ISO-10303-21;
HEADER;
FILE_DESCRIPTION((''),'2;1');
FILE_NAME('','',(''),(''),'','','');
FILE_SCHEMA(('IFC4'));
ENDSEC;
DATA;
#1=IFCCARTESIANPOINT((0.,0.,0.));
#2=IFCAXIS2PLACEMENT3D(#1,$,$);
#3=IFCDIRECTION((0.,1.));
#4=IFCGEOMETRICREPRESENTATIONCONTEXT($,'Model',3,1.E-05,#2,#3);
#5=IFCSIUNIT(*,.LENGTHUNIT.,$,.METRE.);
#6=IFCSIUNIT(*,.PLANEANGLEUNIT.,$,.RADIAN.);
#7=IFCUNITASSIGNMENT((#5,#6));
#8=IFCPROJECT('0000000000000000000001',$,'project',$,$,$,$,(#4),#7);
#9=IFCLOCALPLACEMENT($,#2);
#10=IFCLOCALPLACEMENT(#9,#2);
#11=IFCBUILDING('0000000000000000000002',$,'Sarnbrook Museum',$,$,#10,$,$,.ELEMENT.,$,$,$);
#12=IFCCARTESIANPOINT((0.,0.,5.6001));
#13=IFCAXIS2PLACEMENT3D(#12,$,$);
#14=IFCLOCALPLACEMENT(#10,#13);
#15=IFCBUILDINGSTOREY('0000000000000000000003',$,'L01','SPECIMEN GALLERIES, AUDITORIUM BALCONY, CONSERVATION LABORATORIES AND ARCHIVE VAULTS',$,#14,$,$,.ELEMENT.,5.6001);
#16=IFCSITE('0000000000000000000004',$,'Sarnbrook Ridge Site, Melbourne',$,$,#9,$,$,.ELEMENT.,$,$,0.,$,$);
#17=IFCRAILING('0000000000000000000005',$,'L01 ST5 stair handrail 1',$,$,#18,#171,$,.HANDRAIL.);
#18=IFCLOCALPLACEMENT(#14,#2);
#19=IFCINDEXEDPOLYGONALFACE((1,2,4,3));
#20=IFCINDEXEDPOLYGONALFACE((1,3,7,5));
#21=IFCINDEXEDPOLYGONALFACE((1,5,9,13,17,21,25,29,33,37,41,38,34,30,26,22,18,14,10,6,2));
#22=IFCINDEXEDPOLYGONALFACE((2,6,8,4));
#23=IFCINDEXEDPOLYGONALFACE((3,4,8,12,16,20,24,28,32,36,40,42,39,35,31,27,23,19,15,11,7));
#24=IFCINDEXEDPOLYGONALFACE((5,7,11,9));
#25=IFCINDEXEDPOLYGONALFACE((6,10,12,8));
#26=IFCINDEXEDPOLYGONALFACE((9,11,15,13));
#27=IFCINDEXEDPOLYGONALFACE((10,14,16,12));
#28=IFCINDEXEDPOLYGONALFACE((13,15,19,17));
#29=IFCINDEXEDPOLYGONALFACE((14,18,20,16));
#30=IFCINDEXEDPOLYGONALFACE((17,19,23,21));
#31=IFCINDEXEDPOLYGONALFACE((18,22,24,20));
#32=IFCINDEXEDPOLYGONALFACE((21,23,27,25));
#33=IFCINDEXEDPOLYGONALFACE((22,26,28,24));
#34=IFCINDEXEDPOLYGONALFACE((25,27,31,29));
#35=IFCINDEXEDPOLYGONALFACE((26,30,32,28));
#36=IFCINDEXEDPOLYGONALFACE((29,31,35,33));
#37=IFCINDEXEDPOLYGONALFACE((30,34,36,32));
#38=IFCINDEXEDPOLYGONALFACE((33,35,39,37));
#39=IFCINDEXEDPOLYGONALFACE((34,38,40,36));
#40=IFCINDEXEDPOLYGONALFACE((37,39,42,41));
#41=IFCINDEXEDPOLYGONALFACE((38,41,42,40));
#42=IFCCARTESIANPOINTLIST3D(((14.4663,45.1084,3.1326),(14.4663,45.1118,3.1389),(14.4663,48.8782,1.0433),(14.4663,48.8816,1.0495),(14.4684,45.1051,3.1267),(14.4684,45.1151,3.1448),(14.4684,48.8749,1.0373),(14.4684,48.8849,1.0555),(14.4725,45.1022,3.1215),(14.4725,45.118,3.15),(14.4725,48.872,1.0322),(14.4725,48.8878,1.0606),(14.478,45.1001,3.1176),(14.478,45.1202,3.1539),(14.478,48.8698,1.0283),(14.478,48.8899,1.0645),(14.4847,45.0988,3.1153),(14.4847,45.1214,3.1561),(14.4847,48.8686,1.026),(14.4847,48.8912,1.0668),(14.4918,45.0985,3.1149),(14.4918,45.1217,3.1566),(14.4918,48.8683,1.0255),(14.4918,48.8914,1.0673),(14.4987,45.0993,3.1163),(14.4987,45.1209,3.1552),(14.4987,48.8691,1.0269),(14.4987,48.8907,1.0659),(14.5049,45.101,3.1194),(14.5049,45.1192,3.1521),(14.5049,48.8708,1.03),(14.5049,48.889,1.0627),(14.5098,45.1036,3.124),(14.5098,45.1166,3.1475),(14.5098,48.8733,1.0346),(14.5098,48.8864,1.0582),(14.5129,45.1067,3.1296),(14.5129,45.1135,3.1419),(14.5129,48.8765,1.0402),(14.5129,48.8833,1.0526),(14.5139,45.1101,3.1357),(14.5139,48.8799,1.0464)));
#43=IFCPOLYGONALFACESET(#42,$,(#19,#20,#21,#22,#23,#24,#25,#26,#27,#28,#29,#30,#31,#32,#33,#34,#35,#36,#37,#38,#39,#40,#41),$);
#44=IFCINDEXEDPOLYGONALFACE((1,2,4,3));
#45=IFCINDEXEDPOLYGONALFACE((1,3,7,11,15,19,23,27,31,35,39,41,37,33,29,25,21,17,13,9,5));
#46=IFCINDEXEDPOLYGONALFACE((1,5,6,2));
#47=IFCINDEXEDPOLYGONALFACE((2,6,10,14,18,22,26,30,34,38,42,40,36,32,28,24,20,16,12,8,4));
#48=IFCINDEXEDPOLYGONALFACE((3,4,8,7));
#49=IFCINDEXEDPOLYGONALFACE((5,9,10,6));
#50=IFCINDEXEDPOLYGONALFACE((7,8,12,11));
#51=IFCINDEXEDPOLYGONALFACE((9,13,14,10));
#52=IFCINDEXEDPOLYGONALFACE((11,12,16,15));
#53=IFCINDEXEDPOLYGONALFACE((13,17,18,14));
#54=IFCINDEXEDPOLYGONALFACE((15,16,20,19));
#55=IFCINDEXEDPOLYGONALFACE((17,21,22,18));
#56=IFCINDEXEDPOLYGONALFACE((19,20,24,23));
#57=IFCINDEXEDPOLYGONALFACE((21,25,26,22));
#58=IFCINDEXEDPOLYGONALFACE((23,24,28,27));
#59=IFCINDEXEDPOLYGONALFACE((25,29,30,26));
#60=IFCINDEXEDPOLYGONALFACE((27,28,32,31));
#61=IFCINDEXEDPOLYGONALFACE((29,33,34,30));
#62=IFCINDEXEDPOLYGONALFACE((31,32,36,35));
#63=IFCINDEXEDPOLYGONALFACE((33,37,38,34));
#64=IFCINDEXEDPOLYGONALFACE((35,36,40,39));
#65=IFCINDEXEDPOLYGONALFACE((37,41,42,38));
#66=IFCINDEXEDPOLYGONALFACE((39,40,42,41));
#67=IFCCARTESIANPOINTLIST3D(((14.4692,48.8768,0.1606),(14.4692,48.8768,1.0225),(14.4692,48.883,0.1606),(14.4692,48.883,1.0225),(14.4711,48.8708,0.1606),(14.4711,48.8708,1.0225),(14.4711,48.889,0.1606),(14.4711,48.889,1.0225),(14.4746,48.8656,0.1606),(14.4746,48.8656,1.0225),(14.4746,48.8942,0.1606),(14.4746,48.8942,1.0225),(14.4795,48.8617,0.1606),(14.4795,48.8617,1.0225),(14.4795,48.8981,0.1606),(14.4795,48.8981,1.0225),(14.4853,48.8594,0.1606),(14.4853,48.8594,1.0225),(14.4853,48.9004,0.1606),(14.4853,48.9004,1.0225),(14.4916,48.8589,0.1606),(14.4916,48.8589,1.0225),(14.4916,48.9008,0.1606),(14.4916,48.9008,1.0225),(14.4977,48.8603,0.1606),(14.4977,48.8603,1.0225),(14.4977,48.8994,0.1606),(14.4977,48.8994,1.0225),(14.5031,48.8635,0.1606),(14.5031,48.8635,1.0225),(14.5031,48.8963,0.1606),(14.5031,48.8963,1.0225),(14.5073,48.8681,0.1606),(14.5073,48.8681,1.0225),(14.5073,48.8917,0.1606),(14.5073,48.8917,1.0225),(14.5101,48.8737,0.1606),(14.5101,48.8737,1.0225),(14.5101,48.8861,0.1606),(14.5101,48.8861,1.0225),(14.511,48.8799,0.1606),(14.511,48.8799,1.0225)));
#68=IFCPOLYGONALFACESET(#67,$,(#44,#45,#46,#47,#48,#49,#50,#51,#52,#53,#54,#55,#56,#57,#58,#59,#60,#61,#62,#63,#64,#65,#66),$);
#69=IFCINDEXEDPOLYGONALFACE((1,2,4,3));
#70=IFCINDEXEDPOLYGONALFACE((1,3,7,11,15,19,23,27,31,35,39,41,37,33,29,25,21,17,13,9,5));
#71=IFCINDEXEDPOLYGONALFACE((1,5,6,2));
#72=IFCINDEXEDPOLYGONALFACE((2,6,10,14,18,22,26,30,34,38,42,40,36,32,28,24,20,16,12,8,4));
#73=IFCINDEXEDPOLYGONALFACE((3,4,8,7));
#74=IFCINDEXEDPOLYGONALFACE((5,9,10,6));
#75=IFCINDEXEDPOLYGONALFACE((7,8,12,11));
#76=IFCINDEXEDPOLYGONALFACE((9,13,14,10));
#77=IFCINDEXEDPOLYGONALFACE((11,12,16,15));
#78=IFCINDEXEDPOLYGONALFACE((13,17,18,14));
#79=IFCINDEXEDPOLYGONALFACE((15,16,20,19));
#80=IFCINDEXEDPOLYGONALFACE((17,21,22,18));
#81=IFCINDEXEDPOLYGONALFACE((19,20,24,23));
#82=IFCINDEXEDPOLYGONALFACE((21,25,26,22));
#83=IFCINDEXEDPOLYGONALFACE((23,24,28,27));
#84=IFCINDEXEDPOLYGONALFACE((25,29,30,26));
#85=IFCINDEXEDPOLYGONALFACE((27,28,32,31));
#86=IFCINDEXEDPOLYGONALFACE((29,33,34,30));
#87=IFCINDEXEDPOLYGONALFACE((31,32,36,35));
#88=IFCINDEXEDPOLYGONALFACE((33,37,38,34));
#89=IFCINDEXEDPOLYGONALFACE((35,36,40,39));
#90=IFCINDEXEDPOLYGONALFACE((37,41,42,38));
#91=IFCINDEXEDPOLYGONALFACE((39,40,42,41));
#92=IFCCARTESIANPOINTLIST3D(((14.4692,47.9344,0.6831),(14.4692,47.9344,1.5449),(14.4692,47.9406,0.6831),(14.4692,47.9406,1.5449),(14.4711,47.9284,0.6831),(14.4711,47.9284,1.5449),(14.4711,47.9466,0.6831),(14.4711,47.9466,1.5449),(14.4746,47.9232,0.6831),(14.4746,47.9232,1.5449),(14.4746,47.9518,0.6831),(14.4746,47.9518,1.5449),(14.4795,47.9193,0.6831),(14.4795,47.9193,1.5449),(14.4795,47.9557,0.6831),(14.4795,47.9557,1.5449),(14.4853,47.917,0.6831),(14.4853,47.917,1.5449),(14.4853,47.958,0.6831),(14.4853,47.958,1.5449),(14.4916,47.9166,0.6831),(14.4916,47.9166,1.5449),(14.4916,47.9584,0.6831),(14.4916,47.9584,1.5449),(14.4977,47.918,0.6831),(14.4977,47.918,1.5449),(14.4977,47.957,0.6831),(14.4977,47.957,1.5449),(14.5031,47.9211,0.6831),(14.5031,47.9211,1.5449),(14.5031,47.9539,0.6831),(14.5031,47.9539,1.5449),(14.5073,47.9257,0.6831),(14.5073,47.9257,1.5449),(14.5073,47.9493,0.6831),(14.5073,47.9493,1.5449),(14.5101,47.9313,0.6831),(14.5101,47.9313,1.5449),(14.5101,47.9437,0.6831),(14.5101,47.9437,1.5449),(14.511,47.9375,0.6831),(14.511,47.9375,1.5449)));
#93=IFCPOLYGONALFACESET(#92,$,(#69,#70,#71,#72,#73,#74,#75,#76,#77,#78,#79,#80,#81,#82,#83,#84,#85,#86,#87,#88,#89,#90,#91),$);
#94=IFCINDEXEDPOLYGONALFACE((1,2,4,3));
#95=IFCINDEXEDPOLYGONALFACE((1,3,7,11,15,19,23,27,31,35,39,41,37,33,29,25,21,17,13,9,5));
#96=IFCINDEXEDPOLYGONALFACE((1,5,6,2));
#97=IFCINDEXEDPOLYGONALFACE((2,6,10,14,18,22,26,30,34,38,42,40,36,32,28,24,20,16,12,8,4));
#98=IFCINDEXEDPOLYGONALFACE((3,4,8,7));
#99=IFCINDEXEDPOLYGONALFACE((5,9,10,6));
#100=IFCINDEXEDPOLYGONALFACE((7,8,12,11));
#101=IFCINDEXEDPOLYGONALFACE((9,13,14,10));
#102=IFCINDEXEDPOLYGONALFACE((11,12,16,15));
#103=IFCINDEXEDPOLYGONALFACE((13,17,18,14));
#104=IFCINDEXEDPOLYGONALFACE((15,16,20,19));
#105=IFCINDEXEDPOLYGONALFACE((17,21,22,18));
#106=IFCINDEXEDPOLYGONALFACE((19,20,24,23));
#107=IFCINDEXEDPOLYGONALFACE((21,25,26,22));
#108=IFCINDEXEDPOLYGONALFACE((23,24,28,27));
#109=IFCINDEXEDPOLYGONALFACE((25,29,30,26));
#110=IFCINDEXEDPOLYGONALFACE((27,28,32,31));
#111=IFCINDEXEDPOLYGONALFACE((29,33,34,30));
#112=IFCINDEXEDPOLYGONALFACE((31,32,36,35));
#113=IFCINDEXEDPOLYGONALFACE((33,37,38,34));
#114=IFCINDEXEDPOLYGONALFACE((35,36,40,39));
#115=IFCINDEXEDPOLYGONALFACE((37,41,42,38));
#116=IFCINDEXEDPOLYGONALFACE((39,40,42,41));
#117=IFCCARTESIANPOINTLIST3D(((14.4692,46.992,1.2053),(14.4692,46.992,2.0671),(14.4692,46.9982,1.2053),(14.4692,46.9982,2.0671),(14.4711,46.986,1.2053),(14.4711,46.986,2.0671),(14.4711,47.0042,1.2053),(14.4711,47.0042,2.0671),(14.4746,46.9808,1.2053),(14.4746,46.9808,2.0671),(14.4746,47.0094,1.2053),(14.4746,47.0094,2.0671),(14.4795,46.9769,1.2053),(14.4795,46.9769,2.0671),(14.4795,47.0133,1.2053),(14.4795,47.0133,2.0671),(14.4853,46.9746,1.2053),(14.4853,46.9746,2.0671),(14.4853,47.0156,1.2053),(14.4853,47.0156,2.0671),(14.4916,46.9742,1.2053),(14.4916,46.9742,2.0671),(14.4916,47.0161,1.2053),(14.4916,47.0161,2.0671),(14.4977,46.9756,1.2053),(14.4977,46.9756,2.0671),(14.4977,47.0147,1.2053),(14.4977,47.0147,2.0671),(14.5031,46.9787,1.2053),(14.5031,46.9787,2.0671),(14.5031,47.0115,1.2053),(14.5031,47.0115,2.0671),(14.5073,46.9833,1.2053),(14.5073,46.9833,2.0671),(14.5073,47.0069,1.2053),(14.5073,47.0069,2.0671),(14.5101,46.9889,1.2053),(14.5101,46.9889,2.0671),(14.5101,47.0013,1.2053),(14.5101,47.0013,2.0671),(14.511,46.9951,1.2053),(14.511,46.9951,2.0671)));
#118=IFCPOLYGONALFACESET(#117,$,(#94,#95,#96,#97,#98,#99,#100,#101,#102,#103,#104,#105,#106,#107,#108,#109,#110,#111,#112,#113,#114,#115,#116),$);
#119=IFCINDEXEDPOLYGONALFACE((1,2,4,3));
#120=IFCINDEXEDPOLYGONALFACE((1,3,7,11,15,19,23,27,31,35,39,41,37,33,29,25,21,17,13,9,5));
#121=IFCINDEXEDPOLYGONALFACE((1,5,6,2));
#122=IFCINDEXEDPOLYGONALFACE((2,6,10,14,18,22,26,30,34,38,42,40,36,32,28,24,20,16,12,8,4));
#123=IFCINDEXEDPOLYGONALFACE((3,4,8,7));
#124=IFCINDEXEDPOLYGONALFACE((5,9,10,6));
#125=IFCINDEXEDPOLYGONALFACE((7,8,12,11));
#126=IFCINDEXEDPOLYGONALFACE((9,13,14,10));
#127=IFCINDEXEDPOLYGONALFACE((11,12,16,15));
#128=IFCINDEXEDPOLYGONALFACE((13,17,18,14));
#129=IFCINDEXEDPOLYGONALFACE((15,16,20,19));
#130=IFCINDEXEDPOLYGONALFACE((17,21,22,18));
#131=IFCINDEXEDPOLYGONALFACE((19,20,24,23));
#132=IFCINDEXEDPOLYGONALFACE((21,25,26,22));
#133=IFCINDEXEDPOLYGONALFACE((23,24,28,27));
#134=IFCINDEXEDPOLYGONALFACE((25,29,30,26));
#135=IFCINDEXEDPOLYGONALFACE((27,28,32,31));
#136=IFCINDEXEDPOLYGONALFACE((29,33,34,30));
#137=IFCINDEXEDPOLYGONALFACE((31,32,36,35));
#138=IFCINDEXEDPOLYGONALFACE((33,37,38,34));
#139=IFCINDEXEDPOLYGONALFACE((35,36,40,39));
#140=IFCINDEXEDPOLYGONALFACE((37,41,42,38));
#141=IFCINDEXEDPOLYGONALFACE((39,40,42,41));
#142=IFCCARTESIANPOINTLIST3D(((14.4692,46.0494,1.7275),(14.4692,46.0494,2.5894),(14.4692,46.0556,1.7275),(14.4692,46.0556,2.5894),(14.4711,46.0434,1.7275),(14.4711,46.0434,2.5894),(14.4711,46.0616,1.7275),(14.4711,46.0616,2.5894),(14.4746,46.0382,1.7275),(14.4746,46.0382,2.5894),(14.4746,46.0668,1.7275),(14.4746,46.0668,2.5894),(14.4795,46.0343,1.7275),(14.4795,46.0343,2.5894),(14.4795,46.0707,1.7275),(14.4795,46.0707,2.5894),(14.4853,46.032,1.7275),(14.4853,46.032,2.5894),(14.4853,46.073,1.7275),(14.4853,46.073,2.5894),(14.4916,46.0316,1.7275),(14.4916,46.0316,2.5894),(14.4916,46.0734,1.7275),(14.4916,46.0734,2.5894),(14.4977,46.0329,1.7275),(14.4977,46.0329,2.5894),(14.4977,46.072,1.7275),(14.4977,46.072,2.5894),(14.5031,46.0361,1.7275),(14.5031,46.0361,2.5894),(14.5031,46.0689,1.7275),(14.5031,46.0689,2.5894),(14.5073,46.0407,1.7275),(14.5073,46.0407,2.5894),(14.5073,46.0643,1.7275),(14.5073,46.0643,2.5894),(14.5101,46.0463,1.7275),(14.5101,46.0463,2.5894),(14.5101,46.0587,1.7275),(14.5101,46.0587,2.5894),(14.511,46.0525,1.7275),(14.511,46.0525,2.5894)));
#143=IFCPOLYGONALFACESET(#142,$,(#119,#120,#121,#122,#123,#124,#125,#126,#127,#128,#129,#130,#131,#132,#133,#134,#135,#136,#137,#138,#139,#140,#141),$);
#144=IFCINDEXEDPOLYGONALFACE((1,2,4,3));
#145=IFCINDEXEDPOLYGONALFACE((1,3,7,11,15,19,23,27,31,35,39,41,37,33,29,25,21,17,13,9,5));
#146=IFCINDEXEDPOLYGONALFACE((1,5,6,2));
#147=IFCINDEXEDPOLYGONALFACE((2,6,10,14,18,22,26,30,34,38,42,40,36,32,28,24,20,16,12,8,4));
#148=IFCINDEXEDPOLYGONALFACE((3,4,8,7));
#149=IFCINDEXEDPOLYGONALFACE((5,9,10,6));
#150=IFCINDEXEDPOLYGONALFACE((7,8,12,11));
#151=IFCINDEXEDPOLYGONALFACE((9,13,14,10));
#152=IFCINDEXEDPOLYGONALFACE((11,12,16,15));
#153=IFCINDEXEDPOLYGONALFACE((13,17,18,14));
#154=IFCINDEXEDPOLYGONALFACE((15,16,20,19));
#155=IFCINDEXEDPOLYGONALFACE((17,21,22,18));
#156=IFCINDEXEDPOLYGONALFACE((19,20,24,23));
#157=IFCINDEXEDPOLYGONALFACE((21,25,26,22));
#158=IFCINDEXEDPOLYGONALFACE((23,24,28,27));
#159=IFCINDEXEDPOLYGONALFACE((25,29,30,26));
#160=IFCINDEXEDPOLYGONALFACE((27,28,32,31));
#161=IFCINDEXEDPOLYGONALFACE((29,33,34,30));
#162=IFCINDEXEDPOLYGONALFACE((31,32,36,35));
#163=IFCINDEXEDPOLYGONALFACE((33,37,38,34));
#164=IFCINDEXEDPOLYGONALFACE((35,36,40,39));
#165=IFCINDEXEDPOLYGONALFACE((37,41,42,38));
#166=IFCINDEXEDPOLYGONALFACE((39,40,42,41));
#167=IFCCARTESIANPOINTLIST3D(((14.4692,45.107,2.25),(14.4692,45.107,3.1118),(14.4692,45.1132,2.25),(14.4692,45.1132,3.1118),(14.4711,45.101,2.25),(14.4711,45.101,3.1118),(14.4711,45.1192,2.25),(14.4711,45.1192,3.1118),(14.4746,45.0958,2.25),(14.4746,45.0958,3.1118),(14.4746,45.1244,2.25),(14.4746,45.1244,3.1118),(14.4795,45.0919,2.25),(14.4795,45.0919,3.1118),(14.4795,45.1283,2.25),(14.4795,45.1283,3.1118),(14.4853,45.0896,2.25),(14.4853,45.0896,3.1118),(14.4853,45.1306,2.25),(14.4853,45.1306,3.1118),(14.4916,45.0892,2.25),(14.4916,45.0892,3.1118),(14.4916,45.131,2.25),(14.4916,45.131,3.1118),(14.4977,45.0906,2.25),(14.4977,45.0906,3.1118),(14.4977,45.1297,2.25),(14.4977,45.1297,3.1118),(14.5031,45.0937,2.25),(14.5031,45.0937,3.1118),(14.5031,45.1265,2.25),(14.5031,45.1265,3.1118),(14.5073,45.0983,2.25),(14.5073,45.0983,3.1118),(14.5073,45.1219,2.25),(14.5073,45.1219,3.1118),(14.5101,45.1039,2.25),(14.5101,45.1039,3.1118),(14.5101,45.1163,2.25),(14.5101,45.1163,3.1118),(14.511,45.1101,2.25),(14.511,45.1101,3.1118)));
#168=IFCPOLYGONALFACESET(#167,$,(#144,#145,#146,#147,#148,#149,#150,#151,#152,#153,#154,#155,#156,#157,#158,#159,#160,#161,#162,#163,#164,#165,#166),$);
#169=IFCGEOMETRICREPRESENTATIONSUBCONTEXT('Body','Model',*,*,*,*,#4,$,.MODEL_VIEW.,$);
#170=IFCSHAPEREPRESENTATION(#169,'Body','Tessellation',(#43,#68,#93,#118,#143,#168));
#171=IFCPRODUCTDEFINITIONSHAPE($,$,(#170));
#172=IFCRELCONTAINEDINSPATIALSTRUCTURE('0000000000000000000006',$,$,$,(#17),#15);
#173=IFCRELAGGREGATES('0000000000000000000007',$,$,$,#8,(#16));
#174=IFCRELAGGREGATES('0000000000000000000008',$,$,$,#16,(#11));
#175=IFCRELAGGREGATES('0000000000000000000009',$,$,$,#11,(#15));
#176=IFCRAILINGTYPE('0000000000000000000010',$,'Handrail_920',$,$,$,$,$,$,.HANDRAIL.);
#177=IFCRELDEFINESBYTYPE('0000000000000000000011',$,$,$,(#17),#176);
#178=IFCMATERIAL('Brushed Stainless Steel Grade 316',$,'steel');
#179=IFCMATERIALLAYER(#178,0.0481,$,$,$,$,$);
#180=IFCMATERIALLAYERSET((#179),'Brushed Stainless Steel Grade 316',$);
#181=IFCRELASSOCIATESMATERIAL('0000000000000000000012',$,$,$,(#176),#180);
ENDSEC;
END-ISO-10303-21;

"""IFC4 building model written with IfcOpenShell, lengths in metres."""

from ifc_helpers import new_model, si_unit, direction, frame, origin, origin_2d, place, context, subcontext, project, spatial, circle, extrude, material, layer, layer_set, type_object, element, save


model = new_model("IFC4")

# Units and contexts
model_context = context("Model", 3, precision=1e-05, world=origin(), true_north=direction((0.0, 1.0)))
body_context = subcontext(model_context, "Body", "Model", "MODEL_VIEW")
ifc_project = project(units=[si_unit("LENGTHUNIT", "METRE"), si_unit("PLANEANGLEUNIT", "RADIAN")], contexts=[model_context])

# Site, building, storey
site_placement = place(None, origin())
site = spatial("IfcSite", under=ifc_project, at=site_placement, Name="Sarnbrook Ridge Site, Melbourne", CompositionType="ELEMENT", RefElevation=0.0)
building_placement = place(site_placement, origin())
building = spatial("IfcBuilding", under=site, at=building_placement, Name="Sarnbrook Museum", CompositionType="ELEMENT")
storey_placement = place(building_placement, frame((0.0, 0.0, 5.6001)))
storey = spatial("IfcBuildingStorey", under=building, at=storey_placement, Name="L01", Description="SPECIMEN GALLERIES, AUDITORIUM BALCONY, CONSERVATION LABORATORIES AND ARCHIVE VAULTS", CompositionType="ELEMENT", Elevation=5.6001)

# Railing
ifc_material_1 = material(Name="Brushed Stainless Steel Grade 316", Category="steel")
ifc_layer_1 = layer(ifc_material_1, 0.0481)
ifc_layer_set_1 = layer_set([ifc_layer_1], Name="Brushed Stainless Steel Grade 316")
railing_type_1 = type_object("IfcRailingType", Name="Handrail_920", PredefinedType="HANDRAIL", material=ifc_layer_set_1)
railing_1_placement = place(storey_placement, frame((14.49, 48.8799, 0.1606)))
element("IfcRailing", 1, at=railing_1_placement, inside=storey, type_object=railing_type_1, Name="L01 ST5 stair handrail 1", PredefinedType="HANDRAIL", context=body_context, shape_type="SweptSolid", body=[
    extrude(circle(Radius=0.0239, at=origin_2d()), frame((0.0, 0.0, 0.8857), z_axis=(0.0, -0.874646, 0.484763), x_axis=(1.0, 0.0, 0.0)), (0.0, 0.0, 1.0), 4.3101),
    extrude(circle(Radius=0.021, at=origin_2d()), origin(), (0.0, 0.0, 1.0), 0.8618),
    extrude(circle(Radius=0.021, at=origin_2d()), frame((0.0, -0.9424, 0.5225)), (0.0, 0.0, 1.0), 0.8618),
    extrude(circle(Radius=0.021, at=origin_2d()), frame((0.0, -1.8848, 1.0447)), (0.0, 0.0, 1.0), 0.8618),
    extrude(circle(Radius=0.021, at=origin_2d()), frame((0.0, -2.8274, 1.5669)), (0.0, 0.0, 1.0), 0.8618),
    extrude(circle(Radius=0.021, at=origin_2d()), frame((0.0, -3.7698, 2.0894)), (0.0, 0.0, 1.0), 0.8618),
])

save(model, "model.ifc")
